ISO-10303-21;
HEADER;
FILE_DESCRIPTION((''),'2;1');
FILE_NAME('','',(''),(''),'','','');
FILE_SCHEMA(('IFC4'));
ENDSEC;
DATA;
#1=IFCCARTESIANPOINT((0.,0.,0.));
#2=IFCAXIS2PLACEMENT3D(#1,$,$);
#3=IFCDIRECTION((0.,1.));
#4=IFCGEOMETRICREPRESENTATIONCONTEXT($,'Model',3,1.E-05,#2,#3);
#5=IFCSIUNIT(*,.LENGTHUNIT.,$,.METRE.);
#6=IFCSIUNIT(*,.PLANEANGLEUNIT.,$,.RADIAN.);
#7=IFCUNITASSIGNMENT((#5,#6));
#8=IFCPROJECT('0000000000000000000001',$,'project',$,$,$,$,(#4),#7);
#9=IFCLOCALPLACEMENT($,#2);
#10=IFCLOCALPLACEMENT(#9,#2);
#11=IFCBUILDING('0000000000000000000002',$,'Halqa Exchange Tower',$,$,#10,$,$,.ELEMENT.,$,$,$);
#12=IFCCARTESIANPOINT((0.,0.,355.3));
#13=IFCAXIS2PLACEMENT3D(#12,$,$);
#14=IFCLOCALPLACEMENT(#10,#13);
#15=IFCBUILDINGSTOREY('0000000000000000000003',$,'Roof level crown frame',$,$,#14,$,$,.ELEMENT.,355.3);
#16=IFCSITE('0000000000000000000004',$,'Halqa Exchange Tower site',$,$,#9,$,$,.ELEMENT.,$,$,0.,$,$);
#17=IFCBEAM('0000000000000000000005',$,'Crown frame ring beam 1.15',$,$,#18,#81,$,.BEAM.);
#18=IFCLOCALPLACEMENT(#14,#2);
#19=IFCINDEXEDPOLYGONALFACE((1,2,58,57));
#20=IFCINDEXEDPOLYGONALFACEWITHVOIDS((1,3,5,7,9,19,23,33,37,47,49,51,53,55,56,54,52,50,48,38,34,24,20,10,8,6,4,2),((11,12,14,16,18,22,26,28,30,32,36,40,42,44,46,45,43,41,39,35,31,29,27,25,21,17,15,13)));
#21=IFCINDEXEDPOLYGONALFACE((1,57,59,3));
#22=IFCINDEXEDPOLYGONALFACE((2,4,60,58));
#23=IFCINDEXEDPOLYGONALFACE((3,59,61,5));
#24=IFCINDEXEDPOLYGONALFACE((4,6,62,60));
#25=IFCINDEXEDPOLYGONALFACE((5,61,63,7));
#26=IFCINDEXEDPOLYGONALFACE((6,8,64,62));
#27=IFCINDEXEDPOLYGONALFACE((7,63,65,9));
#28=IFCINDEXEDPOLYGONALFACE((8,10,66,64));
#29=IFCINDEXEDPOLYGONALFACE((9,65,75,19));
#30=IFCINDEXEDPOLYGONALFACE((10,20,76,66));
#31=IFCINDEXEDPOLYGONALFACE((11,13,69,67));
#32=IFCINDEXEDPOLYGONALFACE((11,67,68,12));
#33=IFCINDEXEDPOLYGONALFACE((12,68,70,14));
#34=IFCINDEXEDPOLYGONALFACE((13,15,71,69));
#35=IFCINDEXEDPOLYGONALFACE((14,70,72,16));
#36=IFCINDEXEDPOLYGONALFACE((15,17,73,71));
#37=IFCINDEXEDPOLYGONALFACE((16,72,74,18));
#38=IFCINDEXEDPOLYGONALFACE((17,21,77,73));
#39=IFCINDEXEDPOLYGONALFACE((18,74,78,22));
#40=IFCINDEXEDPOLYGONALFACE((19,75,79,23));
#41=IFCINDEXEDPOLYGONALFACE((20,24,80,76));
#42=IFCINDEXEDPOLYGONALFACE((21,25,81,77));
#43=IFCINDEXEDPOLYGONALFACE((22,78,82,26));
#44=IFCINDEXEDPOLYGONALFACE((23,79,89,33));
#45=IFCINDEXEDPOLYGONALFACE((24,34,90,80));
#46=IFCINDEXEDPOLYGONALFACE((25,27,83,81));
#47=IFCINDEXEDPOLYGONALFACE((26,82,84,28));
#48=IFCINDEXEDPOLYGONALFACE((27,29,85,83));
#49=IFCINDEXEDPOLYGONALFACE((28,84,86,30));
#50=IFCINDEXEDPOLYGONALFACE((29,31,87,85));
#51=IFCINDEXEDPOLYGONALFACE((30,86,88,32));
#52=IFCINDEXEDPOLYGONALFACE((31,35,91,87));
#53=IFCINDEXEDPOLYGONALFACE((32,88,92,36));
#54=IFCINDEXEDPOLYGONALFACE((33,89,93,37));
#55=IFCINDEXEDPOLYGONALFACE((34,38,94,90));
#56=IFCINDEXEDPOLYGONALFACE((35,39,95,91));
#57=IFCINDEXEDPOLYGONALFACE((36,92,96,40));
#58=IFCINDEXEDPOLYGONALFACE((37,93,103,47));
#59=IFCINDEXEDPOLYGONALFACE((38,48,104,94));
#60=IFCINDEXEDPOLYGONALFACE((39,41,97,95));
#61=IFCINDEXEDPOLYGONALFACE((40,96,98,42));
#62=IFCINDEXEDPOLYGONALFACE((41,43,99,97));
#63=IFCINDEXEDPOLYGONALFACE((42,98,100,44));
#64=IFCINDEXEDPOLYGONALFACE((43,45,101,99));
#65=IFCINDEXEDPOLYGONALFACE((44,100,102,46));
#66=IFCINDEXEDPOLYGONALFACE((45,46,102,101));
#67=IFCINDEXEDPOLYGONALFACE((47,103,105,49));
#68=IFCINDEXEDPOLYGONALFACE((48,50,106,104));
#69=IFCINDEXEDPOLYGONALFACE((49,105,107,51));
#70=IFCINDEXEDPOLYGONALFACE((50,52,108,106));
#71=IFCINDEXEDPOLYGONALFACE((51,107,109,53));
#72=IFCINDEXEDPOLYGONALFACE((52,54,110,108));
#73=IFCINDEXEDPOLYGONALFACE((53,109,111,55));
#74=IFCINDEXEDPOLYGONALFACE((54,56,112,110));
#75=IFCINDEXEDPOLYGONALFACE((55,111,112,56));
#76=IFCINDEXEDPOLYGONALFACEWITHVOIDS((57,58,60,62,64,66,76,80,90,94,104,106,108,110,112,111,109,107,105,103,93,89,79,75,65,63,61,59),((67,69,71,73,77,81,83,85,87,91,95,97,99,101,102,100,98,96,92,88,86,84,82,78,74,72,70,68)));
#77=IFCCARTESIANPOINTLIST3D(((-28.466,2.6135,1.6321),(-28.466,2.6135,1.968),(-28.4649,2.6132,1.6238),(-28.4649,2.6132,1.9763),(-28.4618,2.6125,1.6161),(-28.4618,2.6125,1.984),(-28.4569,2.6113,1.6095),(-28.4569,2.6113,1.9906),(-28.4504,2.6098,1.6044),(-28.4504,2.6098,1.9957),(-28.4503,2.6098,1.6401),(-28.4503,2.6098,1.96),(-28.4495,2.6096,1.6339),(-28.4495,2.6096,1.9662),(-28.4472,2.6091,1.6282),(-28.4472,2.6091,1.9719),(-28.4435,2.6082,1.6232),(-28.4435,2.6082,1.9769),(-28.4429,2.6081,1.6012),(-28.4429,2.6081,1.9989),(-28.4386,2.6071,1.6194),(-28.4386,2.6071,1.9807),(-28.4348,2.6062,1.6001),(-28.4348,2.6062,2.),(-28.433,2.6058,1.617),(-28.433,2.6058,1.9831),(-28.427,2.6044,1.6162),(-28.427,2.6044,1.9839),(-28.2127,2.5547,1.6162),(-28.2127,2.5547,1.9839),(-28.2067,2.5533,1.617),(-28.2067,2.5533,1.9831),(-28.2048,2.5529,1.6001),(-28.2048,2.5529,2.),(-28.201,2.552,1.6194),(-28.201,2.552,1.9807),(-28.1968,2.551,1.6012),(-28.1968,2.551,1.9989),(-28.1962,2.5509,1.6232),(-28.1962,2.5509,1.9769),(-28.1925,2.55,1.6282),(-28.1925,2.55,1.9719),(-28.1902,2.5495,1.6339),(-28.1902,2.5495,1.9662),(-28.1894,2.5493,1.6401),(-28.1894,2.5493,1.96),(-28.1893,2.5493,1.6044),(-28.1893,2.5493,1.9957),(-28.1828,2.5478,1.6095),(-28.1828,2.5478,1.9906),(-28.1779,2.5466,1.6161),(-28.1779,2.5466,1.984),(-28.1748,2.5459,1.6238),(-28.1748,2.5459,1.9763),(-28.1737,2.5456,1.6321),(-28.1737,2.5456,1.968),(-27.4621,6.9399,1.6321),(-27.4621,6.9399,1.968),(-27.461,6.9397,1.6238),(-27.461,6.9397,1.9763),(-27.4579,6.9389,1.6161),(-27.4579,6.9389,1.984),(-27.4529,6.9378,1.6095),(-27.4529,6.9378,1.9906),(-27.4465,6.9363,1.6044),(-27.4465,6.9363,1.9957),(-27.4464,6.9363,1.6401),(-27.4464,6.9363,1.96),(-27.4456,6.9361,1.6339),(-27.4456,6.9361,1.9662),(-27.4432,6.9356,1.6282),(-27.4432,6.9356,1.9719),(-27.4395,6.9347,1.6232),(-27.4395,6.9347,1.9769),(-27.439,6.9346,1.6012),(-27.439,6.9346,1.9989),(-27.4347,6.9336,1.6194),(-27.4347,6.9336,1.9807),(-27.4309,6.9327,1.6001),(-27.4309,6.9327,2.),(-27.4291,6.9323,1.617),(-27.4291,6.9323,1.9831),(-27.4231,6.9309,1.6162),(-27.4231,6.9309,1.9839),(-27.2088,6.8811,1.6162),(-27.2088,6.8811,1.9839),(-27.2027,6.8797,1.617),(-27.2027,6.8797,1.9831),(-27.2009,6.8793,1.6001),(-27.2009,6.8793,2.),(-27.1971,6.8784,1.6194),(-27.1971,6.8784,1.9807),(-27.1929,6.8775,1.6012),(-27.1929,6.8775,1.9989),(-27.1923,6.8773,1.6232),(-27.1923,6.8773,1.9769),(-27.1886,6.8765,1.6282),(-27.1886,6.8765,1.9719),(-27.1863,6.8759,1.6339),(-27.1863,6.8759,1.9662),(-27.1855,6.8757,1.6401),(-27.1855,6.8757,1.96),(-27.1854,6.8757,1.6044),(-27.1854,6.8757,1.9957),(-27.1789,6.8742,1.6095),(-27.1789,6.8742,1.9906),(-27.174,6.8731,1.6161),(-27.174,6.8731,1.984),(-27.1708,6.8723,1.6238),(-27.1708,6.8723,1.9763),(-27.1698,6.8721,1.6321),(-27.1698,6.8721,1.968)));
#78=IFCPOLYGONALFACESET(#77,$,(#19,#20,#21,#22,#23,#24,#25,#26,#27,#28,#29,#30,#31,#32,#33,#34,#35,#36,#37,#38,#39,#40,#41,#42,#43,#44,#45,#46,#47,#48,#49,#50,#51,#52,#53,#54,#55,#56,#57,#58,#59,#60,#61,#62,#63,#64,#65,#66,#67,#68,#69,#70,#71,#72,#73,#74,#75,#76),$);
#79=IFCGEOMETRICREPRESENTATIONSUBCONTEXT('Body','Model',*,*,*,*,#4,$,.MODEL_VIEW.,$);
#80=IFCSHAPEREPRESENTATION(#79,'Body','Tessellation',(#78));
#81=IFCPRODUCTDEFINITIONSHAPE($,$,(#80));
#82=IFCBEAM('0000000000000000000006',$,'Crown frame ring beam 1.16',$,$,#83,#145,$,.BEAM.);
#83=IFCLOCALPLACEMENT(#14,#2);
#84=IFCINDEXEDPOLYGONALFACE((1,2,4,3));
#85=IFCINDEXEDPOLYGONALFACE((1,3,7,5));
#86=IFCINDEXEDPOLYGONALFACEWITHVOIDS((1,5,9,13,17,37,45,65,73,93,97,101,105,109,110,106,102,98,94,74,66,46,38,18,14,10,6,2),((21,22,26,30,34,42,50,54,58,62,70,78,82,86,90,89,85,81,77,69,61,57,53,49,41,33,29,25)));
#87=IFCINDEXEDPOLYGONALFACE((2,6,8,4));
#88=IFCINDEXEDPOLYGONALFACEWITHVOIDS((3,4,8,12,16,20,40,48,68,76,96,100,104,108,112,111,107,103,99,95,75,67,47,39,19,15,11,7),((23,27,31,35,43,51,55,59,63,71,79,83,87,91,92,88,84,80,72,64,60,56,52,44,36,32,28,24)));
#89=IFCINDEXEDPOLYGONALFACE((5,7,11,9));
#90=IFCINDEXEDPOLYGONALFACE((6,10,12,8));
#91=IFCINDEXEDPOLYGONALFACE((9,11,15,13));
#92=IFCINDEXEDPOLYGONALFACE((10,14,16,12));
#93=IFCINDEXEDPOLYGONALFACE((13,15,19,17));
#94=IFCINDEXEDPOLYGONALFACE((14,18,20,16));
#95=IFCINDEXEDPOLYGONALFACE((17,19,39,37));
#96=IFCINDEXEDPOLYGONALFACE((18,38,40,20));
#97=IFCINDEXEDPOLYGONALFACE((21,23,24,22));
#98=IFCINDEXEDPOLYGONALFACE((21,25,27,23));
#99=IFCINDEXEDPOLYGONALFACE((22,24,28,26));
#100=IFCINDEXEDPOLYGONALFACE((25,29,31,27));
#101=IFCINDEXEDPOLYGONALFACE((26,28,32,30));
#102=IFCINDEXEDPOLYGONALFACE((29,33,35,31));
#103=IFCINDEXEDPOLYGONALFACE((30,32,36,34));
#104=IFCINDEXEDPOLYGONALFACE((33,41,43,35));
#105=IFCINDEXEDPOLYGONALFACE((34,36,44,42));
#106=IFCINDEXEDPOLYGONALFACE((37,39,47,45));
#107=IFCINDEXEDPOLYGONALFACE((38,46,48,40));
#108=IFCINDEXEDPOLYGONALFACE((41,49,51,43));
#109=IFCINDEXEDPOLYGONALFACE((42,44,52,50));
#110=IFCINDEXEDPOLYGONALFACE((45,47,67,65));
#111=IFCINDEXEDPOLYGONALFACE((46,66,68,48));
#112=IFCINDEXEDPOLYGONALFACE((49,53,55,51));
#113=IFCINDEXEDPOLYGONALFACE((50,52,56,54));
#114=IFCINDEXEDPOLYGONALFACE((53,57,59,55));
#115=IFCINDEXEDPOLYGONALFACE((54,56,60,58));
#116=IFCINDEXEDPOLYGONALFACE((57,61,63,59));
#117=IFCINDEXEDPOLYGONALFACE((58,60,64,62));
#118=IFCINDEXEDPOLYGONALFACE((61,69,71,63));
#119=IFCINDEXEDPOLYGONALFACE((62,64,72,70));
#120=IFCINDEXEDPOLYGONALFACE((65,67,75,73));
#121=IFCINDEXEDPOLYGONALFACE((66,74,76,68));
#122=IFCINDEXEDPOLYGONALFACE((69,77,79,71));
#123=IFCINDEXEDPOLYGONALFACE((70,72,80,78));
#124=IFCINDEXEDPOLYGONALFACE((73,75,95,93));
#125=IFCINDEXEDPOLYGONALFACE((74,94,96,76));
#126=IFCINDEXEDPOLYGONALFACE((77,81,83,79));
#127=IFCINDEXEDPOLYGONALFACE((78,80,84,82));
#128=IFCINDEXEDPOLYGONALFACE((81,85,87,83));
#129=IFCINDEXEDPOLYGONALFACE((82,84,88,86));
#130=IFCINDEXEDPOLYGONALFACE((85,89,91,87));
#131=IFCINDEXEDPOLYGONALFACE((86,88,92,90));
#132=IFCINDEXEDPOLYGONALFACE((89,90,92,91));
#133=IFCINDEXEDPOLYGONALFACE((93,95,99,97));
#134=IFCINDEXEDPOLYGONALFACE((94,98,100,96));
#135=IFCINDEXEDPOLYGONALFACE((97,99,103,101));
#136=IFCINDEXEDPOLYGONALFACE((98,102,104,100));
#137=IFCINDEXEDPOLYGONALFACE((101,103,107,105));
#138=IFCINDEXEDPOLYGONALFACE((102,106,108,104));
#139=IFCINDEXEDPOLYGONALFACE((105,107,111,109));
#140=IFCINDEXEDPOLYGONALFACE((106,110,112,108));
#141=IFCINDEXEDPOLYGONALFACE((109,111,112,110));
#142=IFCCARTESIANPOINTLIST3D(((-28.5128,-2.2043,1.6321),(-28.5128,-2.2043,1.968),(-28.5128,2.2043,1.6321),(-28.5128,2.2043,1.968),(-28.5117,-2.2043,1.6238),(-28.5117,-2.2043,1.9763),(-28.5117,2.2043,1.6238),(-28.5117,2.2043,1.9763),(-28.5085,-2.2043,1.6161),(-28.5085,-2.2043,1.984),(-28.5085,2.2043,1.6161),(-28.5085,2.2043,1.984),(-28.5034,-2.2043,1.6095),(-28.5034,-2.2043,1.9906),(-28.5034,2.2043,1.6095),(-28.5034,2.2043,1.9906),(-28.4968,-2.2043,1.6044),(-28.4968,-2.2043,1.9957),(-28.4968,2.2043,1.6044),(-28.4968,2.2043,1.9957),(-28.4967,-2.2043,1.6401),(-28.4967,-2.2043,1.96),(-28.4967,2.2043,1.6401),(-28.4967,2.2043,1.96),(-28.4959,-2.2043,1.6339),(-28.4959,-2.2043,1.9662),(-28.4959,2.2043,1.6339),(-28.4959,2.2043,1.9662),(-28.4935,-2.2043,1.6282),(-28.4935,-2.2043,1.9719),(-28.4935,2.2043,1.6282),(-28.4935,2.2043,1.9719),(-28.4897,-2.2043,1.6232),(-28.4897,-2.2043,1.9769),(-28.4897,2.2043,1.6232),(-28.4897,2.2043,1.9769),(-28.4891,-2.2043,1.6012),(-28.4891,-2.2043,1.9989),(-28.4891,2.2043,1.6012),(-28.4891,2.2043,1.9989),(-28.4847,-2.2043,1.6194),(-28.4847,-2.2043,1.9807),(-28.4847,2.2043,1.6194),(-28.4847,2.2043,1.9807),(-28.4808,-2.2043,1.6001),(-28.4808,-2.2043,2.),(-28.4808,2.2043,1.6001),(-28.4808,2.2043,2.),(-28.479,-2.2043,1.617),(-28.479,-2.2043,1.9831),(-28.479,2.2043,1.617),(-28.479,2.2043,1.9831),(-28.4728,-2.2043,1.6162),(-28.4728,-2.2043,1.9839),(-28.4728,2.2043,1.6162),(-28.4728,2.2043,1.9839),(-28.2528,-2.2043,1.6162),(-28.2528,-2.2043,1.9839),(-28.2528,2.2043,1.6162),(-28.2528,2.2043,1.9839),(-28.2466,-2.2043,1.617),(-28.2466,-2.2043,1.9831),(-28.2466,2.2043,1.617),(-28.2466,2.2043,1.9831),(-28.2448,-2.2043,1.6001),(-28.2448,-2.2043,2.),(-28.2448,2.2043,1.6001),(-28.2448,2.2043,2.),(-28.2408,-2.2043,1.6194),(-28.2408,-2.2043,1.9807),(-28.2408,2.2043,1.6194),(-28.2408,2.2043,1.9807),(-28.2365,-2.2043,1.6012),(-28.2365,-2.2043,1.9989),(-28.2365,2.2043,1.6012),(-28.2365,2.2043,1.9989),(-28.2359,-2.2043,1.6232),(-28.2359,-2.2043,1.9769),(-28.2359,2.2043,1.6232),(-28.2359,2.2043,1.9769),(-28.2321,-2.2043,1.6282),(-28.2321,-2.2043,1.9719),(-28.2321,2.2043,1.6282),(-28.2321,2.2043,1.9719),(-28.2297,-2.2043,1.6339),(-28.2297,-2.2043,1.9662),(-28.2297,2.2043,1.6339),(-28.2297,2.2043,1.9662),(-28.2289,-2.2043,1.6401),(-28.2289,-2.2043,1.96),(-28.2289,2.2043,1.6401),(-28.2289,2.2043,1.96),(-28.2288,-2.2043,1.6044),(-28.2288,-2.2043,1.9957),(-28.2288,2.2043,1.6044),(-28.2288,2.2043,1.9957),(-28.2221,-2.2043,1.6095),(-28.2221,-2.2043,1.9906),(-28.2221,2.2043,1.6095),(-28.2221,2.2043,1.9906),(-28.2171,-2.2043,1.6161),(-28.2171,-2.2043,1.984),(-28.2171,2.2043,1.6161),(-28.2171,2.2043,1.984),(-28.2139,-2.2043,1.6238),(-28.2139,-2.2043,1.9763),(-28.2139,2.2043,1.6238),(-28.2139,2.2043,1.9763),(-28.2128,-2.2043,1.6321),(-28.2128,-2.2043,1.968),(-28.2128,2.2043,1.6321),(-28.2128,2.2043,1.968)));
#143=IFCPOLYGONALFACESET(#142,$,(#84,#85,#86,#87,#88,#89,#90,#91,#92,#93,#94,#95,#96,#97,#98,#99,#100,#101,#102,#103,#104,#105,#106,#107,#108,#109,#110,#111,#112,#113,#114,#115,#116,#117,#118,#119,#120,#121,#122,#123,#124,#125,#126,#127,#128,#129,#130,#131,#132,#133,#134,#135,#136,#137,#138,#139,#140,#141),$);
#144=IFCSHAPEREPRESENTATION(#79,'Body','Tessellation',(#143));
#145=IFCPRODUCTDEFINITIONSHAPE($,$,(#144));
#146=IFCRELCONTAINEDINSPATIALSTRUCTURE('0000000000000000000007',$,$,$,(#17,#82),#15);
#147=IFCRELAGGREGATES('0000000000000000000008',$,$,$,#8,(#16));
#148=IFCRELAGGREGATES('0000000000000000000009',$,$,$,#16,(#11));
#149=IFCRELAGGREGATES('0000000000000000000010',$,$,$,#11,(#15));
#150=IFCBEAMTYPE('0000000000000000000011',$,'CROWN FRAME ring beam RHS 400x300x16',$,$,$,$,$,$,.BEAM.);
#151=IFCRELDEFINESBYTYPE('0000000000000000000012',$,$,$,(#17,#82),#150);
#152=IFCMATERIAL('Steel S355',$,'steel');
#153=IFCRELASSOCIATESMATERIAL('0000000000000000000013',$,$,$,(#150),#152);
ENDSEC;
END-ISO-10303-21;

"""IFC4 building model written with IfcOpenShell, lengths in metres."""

from ifc_helpers import new_model, si_unit, direction, frame, origin, origin_2d, place, context, subcontext, project, spatial, hollow_rectangle, extrude, material, material_profile, profile_set, type_object, element, save


model = new_model("IFC4")

# Units and contexts
model_context = context("Model", 3, precision=1e-05, world=origin(), true_north=direction((0.0, 1.0)))
body_context = subcontext(model_context, "Body", "Model", "MODEL_VIEW")
ifc_project = project(units=[si_unit("LENGTHUNIT", "METRE"), si_unit("PLANEANGLEUNIT", "RADIAN")], contexts=[model_context])

# Site, building, storey
site_placement = place(None, origin())
site = spatial("IfcSite", under=ifc_project, at=site_placement, Name="Halqa Exchange Tower site", CompositionType="ELEMENT", RefElevation=0.0)
building_placement = place(site_placement, origin())
building = spatial("IfcBuilding", under=site, at=building_placement, Name="Halqa Exchange Tower", CompositionType="ELEMENT")
storey_placement = place(building_placement, frame((0.0, 0.0, 355.3)))
storey = spatial("IfcBuildingStorey", under=building, at=storey_placement, Name="Roof level crown frame", CompositionType="ELEMENT", Elevation=355.3)

# Shared definitions
ifc_material_1 = material(Name="Steel S355", Category="steel")

# Beams
ifc_material_profile_1 = material_profile(ifc_material_1, hollow_rectangle(XDim=0.3, YDim=0.3999, WallThickness=0.0161, InnerFilletRadius=0.0239, OuterFilletRadius=0.032, at=origin_2d()), Name="RHS 400x300x16")
ifc_profile_set_1 = profile_set([ifc_material_profile_1], Name="Steel S355")
beam_type = type_object("IfcBeamType", Name="CROWN FRAME ring beam RHS 400x300x16", PredefinedType="BEAM", material=ifc_profile_set_1)
beam_1_placement = place(storey_placement, frame((-27.3159, 6.906, 1.8), z_axis=(-0.226036, -0.974119, 0.0), x_axis=(0.974119, -0.226036, 0.0)))
element("IfcBeam", 1, at=beam_1_placement, inside=storey, type_object=beam_type, Name="Crown frame ring beam 1.15", PredefinedType="BEAM", context=body_context, shape_type="SweptSolid", body=[
    extrude(hollow_rectangle(XDim=0.3, YDim=0.3999, WallThickness=0.0161, InnerFilletRadius=0.0239, OuterFilletRadius=0.032, at=origin_2d()), origin(), (0.0, 0.0, 1.0), 4.4414),
])
beam_2_placement = place(storey_placement, frame((-28.3628, 2.2043, 1.8), z_axis=(0.0, -1.0, 0.0), x_axis=(1.0, 0.0, 0.0)))
element("IfcBeam", 2, at=beam_2_placement, inside=storey, type_object=beam_type, Name="Crown frame ring beam 1.16", PredefinedType="BEAM", context=body_context, shape_type="SweptSolid", body=[
    extrude(hollow_rectangle(XDim=0.3, YDim=0.3999, WallThickness=0.0161, InnerFilletRadius=0.0239, OuterFilletRadius=0.032, at=origin_2d()), origin(), (0.0, 0.0, 1.0), 4.4087),
])

save(model, "model.ifc")
